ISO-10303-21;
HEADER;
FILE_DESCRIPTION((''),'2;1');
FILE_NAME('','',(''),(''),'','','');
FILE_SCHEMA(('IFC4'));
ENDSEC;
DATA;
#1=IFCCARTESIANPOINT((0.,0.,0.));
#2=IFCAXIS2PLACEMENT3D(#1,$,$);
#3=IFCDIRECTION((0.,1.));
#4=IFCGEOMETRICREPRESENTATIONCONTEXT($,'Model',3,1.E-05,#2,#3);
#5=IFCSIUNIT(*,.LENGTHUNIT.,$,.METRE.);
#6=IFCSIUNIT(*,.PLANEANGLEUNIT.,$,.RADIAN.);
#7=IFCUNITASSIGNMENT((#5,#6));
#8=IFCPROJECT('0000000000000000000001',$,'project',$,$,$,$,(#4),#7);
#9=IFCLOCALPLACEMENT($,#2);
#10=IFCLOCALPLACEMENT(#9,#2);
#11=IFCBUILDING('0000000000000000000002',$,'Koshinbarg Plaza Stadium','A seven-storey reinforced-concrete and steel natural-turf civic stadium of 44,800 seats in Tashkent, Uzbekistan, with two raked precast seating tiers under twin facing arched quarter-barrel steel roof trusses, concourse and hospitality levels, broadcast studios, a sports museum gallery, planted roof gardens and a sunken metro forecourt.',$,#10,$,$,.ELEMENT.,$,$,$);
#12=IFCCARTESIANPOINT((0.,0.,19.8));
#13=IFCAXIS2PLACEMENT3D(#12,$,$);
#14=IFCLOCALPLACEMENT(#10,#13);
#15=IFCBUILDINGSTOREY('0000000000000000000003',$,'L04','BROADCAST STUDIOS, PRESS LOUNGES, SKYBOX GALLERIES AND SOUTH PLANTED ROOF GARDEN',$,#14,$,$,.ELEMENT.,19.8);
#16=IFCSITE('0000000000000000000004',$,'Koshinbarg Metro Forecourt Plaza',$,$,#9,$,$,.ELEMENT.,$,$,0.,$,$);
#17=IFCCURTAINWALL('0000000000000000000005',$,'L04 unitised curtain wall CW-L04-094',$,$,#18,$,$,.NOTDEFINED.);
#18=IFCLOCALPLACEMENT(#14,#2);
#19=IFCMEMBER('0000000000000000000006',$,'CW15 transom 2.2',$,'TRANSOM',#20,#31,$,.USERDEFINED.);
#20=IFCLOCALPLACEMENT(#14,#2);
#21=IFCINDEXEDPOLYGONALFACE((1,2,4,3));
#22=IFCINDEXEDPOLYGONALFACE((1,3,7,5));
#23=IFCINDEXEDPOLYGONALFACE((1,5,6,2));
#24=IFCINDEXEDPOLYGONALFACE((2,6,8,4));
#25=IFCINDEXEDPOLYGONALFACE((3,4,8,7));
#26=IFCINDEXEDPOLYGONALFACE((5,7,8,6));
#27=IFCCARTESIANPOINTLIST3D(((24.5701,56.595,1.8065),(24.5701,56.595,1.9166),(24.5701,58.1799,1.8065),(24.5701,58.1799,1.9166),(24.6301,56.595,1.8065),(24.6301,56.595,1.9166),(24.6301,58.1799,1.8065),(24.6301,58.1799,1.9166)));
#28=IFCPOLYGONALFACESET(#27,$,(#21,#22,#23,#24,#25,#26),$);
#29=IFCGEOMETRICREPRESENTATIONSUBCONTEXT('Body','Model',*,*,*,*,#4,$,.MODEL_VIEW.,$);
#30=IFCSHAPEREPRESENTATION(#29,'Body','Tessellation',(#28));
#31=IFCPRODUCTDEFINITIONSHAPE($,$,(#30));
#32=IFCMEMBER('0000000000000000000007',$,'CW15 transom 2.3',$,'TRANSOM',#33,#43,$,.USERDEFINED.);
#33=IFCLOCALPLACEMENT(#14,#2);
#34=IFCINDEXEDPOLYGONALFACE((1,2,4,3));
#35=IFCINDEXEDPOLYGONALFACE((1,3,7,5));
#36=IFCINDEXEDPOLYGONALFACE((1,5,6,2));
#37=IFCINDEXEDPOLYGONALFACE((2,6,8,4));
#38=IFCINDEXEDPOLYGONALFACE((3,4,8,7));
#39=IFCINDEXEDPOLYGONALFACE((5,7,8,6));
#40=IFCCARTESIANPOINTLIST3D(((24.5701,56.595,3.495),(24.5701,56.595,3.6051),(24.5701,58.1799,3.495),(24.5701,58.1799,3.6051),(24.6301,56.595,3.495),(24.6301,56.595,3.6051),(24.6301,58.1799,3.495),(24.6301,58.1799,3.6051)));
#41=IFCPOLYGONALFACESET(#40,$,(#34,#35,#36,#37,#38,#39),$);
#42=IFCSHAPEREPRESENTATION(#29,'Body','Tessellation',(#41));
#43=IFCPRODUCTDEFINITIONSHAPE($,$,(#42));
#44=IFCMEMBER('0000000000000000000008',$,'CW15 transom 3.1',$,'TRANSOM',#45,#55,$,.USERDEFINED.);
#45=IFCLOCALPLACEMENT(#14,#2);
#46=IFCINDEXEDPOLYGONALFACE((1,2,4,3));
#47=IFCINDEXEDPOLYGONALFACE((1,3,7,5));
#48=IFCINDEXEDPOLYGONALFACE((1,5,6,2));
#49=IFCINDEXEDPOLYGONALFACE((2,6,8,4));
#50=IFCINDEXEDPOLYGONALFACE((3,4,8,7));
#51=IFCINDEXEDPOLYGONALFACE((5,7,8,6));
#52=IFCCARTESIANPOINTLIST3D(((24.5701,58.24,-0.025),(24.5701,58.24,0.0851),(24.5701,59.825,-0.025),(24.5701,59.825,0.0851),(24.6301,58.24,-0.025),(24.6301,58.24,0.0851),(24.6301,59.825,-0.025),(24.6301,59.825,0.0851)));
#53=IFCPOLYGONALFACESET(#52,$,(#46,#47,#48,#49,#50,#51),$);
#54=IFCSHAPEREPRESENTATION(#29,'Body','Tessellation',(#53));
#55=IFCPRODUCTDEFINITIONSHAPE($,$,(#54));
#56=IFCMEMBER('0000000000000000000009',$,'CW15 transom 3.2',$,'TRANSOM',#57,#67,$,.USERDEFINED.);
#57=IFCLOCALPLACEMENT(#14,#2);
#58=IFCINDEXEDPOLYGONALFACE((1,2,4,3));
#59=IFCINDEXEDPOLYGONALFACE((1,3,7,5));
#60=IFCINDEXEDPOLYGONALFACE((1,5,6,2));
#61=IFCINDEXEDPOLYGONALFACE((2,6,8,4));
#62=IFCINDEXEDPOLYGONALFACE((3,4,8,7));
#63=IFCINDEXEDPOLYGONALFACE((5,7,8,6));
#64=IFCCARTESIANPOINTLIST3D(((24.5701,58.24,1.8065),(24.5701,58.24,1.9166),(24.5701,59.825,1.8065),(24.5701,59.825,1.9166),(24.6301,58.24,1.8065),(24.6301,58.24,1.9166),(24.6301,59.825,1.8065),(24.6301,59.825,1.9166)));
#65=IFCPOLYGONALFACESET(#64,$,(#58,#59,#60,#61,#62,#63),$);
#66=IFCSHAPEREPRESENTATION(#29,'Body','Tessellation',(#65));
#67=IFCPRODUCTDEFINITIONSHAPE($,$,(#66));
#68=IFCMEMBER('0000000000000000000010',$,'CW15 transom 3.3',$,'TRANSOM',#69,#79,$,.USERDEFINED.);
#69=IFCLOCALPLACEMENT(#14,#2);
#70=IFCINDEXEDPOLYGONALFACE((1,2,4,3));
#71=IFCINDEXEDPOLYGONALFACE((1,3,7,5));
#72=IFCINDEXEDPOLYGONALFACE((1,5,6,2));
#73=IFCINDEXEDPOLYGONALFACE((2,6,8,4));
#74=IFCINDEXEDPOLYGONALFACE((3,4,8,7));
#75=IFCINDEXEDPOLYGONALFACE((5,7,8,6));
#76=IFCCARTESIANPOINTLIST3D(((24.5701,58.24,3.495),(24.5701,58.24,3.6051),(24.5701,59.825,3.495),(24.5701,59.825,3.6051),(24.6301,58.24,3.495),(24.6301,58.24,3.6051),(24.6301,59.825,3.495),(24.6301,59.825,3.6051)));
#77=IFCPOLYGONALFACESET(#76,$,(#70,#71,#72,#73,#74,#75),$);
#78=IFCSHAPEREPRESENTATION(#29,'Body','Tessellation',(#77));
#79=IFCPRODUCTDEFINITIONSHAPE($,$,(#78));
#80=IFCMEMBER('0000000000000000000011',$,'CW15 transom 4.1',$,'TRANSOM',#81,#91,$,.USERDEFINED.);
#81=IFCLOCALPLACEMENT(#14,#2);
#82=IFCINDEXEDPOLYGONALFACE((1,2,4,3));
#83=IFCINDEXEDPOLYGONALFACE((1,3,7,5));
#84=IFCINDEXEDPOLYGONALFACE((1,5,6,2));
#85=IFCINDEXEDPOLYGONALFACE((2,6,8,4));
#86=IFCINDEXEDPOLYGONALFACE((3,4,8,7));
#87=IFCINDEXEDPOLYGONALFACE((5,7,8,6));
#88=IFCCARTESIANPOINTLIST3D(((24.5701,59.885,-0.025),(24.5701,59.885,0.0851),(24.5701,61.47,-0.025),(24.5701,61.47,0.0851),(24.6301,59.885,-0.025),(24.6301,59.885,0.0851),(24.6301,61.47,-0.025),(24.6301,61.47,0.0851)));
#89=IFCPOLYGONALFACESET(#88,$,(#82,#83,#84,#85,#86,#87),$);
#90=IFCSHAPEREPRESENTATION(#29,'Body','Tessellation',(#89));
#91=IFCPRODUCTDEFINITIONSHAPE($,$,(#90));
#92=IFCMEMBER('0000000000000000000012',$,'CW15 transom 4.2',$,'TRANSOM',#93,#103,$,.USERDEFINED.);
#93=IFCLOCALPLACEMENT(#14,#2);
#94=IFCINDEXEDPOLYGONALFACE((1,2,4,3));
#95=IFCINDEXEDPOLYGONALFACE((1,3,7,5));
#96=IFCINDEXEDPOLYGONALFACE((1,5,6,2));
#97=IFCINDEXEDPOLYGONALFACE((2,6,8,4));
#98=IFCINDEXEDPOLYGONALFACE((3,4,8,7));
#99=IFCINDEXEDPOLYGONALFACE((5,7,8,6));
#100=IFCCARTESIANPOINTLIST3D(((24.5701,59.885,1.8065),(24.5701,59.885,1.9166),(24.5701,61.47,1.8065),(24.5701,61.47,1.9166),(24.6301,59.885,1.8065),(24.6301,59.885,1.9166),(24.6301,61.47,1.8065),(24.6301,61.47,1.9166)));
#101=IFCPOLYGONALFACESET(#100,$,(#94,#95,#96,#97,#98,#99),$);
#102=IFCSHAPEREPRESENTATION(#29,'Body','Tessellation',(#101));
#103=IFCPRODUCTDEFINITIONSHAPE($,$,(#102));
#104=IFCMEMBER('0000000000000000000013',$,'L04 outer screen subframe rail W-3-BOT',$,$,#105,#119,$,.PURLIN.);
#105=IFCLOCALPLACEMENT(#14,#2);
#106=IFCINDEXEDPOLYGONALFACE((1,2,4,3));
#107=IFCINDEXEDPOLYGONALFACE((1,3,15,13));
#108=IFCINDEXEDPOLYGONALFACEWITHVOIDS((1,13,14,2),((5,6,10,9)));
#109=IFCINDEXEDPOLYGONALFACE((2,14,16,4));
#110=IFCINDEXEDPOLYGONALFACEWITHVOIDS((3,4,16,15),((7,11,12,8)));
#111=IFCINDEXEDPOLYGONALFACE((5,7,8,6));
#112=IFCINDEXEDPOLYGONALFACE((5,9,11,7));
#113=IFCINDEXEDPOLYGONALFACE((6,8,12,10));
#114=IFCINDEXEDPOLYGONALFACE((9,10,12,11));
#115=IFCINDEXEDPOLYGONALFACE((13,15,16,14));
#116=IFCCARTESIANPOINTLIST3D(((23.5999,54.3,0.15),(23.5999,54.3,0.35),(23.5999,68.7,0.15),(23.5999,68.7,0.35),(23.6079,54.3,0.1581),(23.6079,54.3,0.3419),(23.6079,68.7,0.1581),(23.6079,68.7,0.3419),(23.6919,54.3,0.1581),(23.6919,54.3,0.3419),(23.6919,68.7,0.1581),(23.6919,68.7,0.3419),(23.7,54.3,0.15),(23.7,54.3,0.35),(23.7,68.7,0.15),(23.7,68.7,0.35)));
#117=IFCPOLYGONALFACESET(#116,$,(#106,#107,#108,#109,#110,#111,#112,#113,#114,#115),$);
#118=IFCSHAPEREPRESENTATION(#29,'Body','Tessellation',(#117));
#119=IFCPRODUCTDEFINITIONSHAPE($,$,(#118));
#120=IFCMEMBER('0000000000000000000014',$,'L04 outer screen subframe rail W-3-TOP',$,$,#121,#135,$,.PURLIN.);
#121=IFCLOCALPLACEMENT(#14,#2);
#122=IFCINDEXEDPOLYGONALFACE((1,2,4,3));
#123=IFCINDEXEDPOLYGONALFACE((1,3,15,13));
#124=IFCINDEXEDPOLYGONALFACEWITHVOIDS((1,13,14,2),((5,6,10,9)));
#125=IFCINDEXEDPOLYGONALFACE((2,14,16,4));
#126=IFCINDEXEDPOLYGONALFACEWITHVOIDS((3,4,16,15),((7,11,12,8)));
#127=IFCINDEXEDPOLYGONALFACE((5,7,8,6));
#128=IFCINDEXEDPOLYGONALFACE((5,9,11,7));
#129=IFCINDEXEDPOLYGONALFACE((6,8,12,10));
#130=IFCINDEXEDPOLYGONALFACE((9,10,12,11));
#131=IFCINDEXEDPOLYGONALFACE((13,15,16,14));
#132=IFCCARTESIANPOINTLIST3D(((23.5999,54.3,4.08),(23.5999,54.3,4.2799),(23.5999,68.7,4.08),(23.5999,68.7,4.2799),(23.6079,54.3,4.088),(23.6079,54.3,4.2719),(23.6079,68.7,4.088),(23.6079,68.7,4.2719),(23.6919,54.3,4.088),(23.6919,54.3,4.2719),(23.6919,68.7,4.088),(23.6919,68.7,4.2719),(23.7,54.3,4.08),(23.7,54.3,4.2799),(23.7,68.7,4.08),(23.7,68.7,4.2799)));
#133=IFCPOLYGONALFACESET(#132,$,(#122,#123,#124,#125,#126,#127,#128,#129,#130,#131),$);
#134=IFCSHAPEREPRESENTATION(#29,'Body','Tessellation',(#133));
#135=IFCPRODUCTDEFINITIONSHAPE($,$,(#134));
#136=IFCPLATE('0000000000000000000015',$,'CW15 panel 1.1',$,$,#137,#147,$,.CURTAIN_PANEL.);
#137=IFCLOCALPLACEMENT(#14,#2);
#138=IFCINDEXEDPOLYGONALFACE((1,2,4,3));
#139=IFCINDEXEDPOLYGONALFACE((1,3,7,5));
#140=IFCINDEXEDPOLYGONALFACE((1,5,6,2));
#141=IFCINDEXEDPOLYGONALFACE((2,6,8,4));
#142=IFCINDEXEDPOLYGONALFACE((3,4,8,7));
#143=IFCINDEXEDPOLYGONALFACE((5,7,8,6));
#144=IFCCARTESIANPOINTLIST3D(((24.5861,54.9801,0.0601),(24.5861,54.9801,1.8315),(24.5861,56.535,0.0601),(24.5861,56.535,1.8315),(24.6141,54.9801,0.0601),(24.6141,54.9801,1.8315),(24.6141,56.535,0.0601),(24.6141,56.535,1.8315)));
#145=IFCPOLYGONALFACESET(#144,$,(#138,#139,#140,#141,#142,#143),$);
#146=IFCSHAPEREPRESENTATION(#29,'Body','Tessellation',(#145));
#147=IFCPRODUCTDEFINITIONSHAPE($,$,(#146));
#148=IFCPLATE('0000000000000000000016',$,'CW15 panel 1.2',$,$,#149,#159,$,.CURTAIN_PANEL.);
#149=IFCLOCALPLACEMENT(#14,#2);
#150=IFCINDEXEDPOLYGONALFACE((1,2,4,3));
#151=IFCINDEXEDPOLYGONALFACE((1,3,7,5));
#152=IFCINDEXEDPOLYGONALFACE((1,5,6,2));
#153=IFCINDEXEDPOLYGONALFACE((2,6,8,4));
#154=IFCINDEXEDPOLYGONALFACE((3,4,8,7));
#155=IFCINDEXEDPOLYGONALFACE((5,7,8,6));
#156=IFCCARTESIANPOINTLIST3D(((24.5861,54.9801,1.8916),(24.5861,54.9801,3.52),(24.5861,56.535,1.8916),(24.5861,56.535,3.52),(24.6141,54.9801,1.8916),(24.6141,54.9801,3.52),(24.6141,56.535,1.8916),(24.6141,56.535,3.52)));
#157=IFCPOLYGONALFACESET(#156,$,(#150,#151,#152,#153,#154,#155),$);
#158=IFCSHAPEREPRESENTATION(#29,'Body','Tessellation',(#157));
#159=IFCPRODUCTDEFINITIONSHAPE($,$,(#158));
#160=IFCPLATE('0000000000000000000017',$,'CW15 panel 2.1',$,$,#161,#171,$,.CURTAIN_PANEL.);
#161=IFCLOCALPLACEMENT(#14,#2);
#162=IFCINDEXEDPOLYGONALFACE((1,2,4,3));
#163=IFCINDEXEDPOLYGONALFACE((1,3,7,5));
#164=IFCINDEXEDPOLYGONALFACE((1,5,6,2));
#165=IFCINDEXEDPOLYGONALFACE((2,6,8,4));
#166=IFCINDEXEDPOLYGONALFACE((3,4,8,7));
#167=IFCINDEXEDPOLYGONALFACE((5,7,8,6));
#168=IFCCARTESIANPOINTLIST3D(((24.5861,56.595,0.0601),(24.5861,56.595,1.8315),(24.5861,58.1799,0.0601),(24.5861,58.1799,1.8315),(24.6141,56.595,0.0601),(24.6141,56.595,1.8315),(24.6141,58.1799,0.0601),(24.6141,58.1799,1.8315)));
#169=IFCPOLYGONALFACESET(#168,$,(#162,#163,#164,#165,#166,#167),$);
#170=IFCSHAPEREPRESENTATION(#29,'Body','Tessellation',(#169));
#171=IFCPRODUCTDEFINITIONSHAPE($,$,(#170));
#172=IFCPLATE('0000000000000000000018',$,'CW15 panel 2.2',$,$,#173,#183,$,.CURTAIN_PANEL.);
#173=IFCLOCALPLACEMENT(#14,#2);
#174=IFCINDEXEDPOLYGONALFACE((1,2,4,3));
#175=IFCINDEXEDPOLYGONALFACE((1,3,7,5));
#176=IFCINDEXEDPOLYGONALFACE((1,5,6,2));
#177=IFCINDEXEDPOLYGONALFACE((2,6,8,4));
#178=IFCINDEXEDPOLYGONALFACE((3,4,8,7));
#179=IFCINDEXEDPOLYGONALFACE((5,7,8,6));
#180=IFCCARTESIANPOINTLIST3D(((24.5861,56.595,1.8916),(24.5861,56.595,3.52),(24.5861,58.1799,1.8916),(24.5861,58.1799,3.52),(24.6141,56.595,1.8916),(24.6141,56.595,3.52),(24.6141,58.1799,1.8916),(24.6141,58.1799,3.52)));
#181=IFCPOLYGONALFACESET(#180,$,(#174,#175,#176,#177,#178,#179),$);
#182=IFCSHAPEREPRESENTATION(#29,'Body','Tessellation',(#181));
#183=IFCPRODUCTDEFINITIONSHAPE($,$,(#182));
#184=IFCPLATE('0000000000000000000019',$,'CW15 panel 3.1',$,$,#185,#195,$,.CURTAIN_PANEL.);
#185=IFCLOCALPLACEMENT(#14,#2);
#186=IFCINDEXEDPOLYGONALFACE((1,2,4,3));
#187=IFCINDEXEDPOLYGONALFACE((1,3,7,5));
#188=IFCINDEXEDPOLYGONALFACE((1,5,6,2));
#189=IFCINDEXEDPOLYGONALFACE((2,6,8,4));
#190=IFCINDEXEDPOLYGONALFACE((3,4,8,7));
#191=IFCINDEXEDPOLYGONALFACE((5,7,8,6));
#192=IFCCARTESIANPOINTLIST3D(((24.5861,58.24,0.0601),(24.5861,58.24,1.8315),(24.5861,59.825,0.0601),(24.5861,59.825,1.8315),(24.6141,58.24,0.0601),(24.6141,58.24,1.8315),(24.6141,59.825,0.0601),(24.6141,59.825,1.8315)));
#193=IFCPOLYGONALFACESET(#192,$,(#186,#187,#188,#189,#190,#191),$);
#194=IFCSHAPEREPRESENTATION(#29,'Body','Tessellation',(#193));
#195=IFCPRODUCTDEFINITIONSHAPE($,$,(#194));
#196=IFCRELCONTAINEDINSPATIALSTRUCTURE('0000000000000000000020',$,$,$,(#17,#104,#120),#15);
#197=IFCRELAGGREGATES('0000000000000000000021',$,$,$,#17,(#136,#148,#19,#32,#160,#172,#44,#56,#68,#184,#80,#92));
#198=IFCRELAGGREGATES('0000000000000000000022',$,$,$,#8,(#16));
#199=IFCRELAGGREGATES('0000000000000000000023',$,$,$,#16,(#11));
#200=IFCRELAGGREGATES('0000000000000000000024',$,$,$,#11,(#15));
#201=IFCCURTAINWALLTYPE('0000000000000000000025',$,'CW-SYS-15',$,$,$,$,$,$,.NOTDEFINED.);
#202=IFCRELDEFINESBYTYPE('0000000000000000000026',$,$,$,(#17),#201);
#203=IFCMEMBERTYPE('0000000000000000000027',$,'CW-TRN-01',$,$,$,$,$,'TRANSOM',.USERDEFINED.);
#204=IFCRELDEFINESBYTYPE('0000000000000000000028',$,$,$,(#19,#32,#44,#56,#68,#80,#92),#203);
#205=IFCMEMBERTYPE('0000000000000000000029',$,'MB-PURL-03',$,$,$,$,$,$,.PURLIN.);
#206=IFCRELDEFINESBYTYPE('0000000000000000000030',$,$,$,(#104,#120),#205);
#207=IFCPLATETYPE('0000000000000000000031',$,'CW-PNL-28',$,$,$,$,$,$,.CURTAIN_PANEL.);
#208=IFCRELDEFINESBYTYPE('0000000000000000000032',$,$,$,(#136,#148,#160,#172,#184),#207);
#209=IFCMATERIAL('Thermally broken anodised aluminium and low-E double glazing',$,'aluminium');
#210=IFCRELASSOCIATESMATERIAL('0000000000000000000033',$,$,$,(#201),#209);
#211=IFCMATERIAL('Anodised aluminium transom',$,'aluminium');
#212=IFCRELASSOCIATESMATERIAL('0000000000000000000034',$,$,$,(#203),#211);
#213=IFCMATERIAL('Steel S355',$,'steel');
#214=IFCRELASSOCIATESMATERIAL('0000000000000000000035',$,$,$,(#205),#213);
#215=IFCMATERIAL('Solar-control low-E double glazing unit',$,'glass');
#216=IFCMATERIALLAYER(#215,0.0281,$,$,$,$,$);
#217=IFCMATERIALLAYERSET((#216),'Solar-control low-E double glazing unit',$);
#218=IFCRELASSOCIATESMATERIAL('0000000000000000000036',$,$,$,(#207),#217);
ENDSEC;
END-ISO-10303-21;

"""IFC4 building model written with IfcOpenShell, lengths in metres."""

from ifc_helpers import new_model, si_unit, direction, frame, origin, origin_2d, place, context, subcontext, project, spatial, rectangle, hollow_rectangle, extrude, material, layer, layer_set, material_profile, profile_set, type_object, element, aggregate, save


model = new_model("IFC4")

# Units and contexts
model_context = context("Model", 3, precision=1e-05, world=origin(), true_north=direction((0.0, 1.0)))
body_context = subcontext(model_context, "Body", "Model", "MODEL_VIEW")
ifc_project = project(units=[si_unit("LENGTHUNIT", "METRE"), si_unit("PLANEANGLEUNIT", "RADIAN")], contexts=[model_context])

# Site, building, storey
site_placement = place(None, origin())
site = spatial("IfcSite", under=ifc_project, at=site_placement, Name="Koshinbarg Metro Forecourt Plaza", CompositionType="ELEMENT", RefElevation=0.0)
building_placement = place(site_placement, origin())
building = spatial("IfcBuilding", under=site, at=building_placement, Name="Koshinbarg Plaza Stadium", Description="A seven-storey reinforced-concrete and steel natural-turf civic stadium of 44,800 seats in Tashkent, Uzbekistan, with two raked precast seating tiers under twin facing arched quarter-barrel steel roof trusses, concourse and hospitality levels, broadcast studios, a sports museum gallery, planted roof gardens and a sunken metro forecourt.", CompositionType="ELEMENT")
storey_placement = place(building_placement, frame((0.0, 0.0, 19.8)))
storey = spatial("IfcBuildingStorey", under=building, at=storey_placement, Name="L04", Description="BROADCAST STUDIOS, PRESS LOUNGES, SKYBOX GALLERIES AND SOUTH PLANTED ROOF GARDEN", CompositionType="ELEMENT", Elevation=19.8)

# Shared definitions
ifc_material_1 = material(Name="Steel S355", Category="steel")

# Curtain wall, members
ifc_material_2 = material(Name="Thermally broken anodised aluminium and low-E double glazing", Category="aluminium")
curtain_wall_type = type_object("IfcCurtainWallType", Name="CW-SYS-15", PredefinedType="NOTDEFINED", material=ifc_material_2)
curtain_wall_placement = place(storey_placement, origin())
curtain_wall = element("IfcCurtainWall", 1, at=curtain_wall_placement, inside=storey, type_object=curtain_wall_type, Name="L04 unitised curtain wall CW-L04-094", PredefinedType="NOTDEFINED")
ifc_material_3 = material(Name="Anodised aluminium transom", Category="aluminium")
ifc_material_profile_1 = material_profile(ifc_material_3, rectangle(XDim=0.0601, YDim=0.1101, at=origin_2d()), Name="ALU 60x110")
ifc_profile_set_1 = profile_set([ifc_material_profile_1], Name="Anodised aluminium transom")
member_type_1 = type_object("IfcMemberType", Name="CW-TRN-01", ElementType="TRANSOM", PredefinedType="USERDEFINED", material=ifc_profile_set_1)
member_1_placement = place(storey_placement, frame((24.6001, 56.595, 1.8616), z_axis=(0.0, 1.0, 0.0), x_axis=(-1.0, 0.0, 0.0)))
member_1 = element("IfcMember", 2, at=member_1_placement, type_object=member_type_1, Name="CW15 transom 2.2", ObjectType="TRANSOM", PredefinedType="USERDEFINED", context=body_context, shape_type="SweptSolid", body=[
    extrude(rectangle(XDim=0.0601, YDim=0.1101, at=origin_2d()), origin(), (0.0, 0.0, 1.0), 1.585),
])
member_2_placement = place(storey_placement, frame((24.6001, 56.595, 3.55), z_axis=(0.0, 1.0, 0.0), x_axis=(-1.0, 0.0, 0.0)))
member_2 = element("IfcMember", 3, at=member_2_placement, type_object=member_type_1, Name="CW15 transom 2.3", ObjectType="TRANSOM", PredefinedType="USERDEFINED", context=body_context, shape_type="SweptSolid", body=[
    extrude(rectangle(XDim=0.0601, YDim=0.1101, at=origin_2d()), origin(), (0.0, 0.0, 1.0), 1.585),
])
member_3_placement = place(storey_placement, frame((24.6001, 58.24, 0.03), z_axis=(0.0, 1.0, 0.0), x_axis=(-1.0, 0.0, 0.0)))
member_3 = element("IfcMember", 4, at=member_3_placement, type_object=member_type_1, Name="CW15 transom 3.1", ObjectType="TRANSOM", PredefinedType="USERDEFINED", context=body_context, shape_type="SweptSolid", body=[
    extrude(rectangle(XDim=0.0601, YDim=0.1101, at=origin_2d()), origin(), (0.0, 0.0, 1.0), 1.585),
])
member_4_placement = place(storey_placement, frame((24.6001, 58.24, 1.8616), z_axis=(0.0, 1.0, 0.0), x_axis=(-1.0, 0.0, 0.0)))
member_4 = element("IfcMember", 5, at=member_4_placement, type_object=member_type_1, Name="CW15 transom 3.2", ObjectType="TRANSOM", PredefinedType="USERDEFINED", context=body_context, shape_type="SweptSolid", body=[
    extrude(rectangle(XDim=0.0601, YDim=0.1101, at=origin_2d()), origin(), (0.0, 0.0, 1.0), 1.585),
])
member_5_placement = place(storey_placement, frame((24.6001, 58.24, 3.55), z_axis=(0.0, 1.0, 0.0), x_axis=(-1.0, 0.0, 0.0)))
member_5 = element("IfcMember", 6, at=member_5_placement, type_object=member_type_1, Name="CW15 transom 3.3", ObjectType="TRANSOM", PredefinedType="USERDEFINED", context=body_context, shape_type="SweptSolid", body=[
    extrude(rectangle(XDim=0.0601, YDim=0.1101, at=origin_2d()), origin(), (0.0, 0.0, 1.0), 1.585),
])
member_6_placement = place(storey_placement, frame((24.6001, 59.885, 0.03), z_axis=(0.0, 1.0, 0.0), x_axis=(-1.0, 0.0, 0.0)))
member_6 = element("IfcMember", 7, at=member_6_placement, type_object=member_type_1, Name="CW15 transom 4.1", ObjectType="TRANSOM", PredefinedType="USERDEFINED", context=body_context, shape_type="SweptSolid", body=[
    extrude(rectangle(XDim=0.0601, YDim=0.1101, at=origin_2d()), origin(), (0.0, 0.0, 1.0), 1.585),
])
member_7_placement = place(storey_placement, frame((24.6001, 59.885, 1.8616), z_axis=(0.0, 1.0, 0.0), x_axis=(-1.0, 0.0, 0.0)))
member_7 = element("IfcMember", 8, at=member_7_placement, type_object=member_type_1, Name="CW15 transom 4.2", ObjectType="TRANSOM", PredefinedType="USERDEFINED", context=body_context, shape_type="SweptSolid", body=[
    extrude(rectangle(XDim=0.0601, YDim=0.1101, at=origin_2d()), origin(), (0.0, 0.0, 1.0), 1.585),
])

# Members
ifc_material_profile_2 = material_profile(ifc_material_1, hollow_rectangle(XDim=0.1001, YDim=0.2, WallThickness=0.0081, at=origin_2d()), Name="RHS 200x100x8")
ifc_profile_set_2 = profile_set([ifc_material_profile_2], Name="Steel S355")
member_type_2 = type_object("IfcMemberType", Name="MB-PURL-03", PredefinedType="PURLIN", material=ifc_profile_set_2)
for number, where, z_axis, x_axis, name in (
    (9, (23.6499, 54.3, 0.25), (0.0, 1.0, 0.0), (-1.0, 0.0, 0.0), "L04 outer screen subframe rail W-3-BOT"),
    (10, (23.6499, 54.3, 4.1799), (0.0, 1.0, 0.0), (-1.0, 0.0, 0.0), "L04 outer screen subframe rail W-3-TOP"),
):
    element("IfcMember", number, at=place(storey_placement, frame(where, z_axis=z_axis, x_axis=x_axis)), inside=storey, type_object=member_type_2, Name=name, PredefinedType="PURLIN", context=body_context, shape_type="SweptSolid", body=[
        extrude(hollow_rectangle(XDim=0.1001, YDim=0.2, WallThickness=0.0081, at=origin_2d()), origin(), (0.0, 0.0, 1.0), 14.3999),
    ])

# Plates
ifc_material_4 = material(Name="Solar-control low-E double glazing unit", Category="glass")
ifc_layer_1 = layer(ifc_material_4, 0.0281)
ifc_layer_set_1 = layer_set([ifc_layer_1], Name="Solar-control low-E double glazing unit")
plate_type_1 = type_object("IfcPlateType", Name="CW-PNL-28", PredefinedType="CURTAIN_PANEL", material=ifc_layer_set_1)
plate_1_placement = place(storey_placement, frame((24.6001, 55.7576, 0.0601), z_axis=(0.0, 0.0, 1.0), x_axis=(0.0, 1.0, 0.0)))
plate_1 = element("IfcPlate", 11, at=plate_1_placement, type_object=plate_type_1, Name="CW15 panel 1.1", PredefinedType="CURTAIN_PANEL", context=body_context, shape_type="SweptSolid", body=[
    extrude(rectangle(XDim=1.5549, YDim=0.0281, at=origin_2d()), origin(), (0.0, 0.0, 1.0), 1.7715),
])
plate_2_placement = place(storey_placement, frame((24.6001, 55.7576, 1.8916), z_axis=(0.0, 0.0, 1.0), x_axis=(0.0, 1.0, 0.0)))
plate_2 = element("IfcPlate", 12, at=plate_2_placement, type_object=plate_type_1, Name="CW15 panel 1.2", PredefinedType="CURTAIN_PANEL", context=body_context, shape_type="SweptSolid", body=[
    extrude(rectangle(XDim=1.5549, YDim=0.0281, at=origin_2d()), origin(), (0.0, 0.0, 1.0), 1.6284),
])
plate_3_placement = place(storey_placement, frame((24.6001, 57.3875, 0.0601), z_axis=(0.0, 0.0, 1.0), x_axis=(0.0, 1.0, 0.0)))
plate_3 = element("IfcPlate", 13, at=plate_3_placement, type_object=plate_type_1, Name="CW15 panel 2.1", PredefinedType="CURTAIN_PANEL", context=body_context, shape_type="SweptSolid", body=[
    extrude(rectangle(XDim=1.585, YDim=0.0281, at=origin_2d()), origin(), (0.0, 0.0, 1.0), 1.7715),
])
plate_4_placement = place(storey_placement, frame((24.6001, 57.3875, 1.8916), z_axis=(0.0, 0.0, 1.0), x_axis=(0.0, 1.0, 0.0)))
plate_4 = element("IfcPlate", 14, at=plate_4_placement, type_object=plate_type_1, Name="CW15 panel 2.2", PredefinedType="CURTAIN_PANEL", context=body_context, shape_type="SweptSolid", body=[
    extrude(rectangle(XDim=1.585, YDim=0.0281, at=origin_2d()), origin(), (0.0, 0.0, 1.0), 1.6284),
])
plate_5_placement = place(storey_placement, frame((24.6001, 59.0325, 0.0601), z_axis=(0.0, 0.0, 1.0), x_axis=(0.0, 1.0, 0.0)))
plate_5 = element("IfcPlate", 15, at=plate_5_placement, type_object=plate_type_1, Name="CW15 panel 3.1", PredefinedType="CURTAIN_PANEL", context=body_context, shape_type="SweptSolid", body=[
    extrude(rectangle(XDim=1.585, YDim=0.0281, at=origin_2d()), origin(), (0.0, 0.0, 1.0), 1.7715),
])
aggregate(curtain_wall, [plate_1, plate_2, member_1, member_2, plate_3, plate_4, member_3, member_4, member_5, plate_5, member_6, member_7])

save(model, "model.ifc")
